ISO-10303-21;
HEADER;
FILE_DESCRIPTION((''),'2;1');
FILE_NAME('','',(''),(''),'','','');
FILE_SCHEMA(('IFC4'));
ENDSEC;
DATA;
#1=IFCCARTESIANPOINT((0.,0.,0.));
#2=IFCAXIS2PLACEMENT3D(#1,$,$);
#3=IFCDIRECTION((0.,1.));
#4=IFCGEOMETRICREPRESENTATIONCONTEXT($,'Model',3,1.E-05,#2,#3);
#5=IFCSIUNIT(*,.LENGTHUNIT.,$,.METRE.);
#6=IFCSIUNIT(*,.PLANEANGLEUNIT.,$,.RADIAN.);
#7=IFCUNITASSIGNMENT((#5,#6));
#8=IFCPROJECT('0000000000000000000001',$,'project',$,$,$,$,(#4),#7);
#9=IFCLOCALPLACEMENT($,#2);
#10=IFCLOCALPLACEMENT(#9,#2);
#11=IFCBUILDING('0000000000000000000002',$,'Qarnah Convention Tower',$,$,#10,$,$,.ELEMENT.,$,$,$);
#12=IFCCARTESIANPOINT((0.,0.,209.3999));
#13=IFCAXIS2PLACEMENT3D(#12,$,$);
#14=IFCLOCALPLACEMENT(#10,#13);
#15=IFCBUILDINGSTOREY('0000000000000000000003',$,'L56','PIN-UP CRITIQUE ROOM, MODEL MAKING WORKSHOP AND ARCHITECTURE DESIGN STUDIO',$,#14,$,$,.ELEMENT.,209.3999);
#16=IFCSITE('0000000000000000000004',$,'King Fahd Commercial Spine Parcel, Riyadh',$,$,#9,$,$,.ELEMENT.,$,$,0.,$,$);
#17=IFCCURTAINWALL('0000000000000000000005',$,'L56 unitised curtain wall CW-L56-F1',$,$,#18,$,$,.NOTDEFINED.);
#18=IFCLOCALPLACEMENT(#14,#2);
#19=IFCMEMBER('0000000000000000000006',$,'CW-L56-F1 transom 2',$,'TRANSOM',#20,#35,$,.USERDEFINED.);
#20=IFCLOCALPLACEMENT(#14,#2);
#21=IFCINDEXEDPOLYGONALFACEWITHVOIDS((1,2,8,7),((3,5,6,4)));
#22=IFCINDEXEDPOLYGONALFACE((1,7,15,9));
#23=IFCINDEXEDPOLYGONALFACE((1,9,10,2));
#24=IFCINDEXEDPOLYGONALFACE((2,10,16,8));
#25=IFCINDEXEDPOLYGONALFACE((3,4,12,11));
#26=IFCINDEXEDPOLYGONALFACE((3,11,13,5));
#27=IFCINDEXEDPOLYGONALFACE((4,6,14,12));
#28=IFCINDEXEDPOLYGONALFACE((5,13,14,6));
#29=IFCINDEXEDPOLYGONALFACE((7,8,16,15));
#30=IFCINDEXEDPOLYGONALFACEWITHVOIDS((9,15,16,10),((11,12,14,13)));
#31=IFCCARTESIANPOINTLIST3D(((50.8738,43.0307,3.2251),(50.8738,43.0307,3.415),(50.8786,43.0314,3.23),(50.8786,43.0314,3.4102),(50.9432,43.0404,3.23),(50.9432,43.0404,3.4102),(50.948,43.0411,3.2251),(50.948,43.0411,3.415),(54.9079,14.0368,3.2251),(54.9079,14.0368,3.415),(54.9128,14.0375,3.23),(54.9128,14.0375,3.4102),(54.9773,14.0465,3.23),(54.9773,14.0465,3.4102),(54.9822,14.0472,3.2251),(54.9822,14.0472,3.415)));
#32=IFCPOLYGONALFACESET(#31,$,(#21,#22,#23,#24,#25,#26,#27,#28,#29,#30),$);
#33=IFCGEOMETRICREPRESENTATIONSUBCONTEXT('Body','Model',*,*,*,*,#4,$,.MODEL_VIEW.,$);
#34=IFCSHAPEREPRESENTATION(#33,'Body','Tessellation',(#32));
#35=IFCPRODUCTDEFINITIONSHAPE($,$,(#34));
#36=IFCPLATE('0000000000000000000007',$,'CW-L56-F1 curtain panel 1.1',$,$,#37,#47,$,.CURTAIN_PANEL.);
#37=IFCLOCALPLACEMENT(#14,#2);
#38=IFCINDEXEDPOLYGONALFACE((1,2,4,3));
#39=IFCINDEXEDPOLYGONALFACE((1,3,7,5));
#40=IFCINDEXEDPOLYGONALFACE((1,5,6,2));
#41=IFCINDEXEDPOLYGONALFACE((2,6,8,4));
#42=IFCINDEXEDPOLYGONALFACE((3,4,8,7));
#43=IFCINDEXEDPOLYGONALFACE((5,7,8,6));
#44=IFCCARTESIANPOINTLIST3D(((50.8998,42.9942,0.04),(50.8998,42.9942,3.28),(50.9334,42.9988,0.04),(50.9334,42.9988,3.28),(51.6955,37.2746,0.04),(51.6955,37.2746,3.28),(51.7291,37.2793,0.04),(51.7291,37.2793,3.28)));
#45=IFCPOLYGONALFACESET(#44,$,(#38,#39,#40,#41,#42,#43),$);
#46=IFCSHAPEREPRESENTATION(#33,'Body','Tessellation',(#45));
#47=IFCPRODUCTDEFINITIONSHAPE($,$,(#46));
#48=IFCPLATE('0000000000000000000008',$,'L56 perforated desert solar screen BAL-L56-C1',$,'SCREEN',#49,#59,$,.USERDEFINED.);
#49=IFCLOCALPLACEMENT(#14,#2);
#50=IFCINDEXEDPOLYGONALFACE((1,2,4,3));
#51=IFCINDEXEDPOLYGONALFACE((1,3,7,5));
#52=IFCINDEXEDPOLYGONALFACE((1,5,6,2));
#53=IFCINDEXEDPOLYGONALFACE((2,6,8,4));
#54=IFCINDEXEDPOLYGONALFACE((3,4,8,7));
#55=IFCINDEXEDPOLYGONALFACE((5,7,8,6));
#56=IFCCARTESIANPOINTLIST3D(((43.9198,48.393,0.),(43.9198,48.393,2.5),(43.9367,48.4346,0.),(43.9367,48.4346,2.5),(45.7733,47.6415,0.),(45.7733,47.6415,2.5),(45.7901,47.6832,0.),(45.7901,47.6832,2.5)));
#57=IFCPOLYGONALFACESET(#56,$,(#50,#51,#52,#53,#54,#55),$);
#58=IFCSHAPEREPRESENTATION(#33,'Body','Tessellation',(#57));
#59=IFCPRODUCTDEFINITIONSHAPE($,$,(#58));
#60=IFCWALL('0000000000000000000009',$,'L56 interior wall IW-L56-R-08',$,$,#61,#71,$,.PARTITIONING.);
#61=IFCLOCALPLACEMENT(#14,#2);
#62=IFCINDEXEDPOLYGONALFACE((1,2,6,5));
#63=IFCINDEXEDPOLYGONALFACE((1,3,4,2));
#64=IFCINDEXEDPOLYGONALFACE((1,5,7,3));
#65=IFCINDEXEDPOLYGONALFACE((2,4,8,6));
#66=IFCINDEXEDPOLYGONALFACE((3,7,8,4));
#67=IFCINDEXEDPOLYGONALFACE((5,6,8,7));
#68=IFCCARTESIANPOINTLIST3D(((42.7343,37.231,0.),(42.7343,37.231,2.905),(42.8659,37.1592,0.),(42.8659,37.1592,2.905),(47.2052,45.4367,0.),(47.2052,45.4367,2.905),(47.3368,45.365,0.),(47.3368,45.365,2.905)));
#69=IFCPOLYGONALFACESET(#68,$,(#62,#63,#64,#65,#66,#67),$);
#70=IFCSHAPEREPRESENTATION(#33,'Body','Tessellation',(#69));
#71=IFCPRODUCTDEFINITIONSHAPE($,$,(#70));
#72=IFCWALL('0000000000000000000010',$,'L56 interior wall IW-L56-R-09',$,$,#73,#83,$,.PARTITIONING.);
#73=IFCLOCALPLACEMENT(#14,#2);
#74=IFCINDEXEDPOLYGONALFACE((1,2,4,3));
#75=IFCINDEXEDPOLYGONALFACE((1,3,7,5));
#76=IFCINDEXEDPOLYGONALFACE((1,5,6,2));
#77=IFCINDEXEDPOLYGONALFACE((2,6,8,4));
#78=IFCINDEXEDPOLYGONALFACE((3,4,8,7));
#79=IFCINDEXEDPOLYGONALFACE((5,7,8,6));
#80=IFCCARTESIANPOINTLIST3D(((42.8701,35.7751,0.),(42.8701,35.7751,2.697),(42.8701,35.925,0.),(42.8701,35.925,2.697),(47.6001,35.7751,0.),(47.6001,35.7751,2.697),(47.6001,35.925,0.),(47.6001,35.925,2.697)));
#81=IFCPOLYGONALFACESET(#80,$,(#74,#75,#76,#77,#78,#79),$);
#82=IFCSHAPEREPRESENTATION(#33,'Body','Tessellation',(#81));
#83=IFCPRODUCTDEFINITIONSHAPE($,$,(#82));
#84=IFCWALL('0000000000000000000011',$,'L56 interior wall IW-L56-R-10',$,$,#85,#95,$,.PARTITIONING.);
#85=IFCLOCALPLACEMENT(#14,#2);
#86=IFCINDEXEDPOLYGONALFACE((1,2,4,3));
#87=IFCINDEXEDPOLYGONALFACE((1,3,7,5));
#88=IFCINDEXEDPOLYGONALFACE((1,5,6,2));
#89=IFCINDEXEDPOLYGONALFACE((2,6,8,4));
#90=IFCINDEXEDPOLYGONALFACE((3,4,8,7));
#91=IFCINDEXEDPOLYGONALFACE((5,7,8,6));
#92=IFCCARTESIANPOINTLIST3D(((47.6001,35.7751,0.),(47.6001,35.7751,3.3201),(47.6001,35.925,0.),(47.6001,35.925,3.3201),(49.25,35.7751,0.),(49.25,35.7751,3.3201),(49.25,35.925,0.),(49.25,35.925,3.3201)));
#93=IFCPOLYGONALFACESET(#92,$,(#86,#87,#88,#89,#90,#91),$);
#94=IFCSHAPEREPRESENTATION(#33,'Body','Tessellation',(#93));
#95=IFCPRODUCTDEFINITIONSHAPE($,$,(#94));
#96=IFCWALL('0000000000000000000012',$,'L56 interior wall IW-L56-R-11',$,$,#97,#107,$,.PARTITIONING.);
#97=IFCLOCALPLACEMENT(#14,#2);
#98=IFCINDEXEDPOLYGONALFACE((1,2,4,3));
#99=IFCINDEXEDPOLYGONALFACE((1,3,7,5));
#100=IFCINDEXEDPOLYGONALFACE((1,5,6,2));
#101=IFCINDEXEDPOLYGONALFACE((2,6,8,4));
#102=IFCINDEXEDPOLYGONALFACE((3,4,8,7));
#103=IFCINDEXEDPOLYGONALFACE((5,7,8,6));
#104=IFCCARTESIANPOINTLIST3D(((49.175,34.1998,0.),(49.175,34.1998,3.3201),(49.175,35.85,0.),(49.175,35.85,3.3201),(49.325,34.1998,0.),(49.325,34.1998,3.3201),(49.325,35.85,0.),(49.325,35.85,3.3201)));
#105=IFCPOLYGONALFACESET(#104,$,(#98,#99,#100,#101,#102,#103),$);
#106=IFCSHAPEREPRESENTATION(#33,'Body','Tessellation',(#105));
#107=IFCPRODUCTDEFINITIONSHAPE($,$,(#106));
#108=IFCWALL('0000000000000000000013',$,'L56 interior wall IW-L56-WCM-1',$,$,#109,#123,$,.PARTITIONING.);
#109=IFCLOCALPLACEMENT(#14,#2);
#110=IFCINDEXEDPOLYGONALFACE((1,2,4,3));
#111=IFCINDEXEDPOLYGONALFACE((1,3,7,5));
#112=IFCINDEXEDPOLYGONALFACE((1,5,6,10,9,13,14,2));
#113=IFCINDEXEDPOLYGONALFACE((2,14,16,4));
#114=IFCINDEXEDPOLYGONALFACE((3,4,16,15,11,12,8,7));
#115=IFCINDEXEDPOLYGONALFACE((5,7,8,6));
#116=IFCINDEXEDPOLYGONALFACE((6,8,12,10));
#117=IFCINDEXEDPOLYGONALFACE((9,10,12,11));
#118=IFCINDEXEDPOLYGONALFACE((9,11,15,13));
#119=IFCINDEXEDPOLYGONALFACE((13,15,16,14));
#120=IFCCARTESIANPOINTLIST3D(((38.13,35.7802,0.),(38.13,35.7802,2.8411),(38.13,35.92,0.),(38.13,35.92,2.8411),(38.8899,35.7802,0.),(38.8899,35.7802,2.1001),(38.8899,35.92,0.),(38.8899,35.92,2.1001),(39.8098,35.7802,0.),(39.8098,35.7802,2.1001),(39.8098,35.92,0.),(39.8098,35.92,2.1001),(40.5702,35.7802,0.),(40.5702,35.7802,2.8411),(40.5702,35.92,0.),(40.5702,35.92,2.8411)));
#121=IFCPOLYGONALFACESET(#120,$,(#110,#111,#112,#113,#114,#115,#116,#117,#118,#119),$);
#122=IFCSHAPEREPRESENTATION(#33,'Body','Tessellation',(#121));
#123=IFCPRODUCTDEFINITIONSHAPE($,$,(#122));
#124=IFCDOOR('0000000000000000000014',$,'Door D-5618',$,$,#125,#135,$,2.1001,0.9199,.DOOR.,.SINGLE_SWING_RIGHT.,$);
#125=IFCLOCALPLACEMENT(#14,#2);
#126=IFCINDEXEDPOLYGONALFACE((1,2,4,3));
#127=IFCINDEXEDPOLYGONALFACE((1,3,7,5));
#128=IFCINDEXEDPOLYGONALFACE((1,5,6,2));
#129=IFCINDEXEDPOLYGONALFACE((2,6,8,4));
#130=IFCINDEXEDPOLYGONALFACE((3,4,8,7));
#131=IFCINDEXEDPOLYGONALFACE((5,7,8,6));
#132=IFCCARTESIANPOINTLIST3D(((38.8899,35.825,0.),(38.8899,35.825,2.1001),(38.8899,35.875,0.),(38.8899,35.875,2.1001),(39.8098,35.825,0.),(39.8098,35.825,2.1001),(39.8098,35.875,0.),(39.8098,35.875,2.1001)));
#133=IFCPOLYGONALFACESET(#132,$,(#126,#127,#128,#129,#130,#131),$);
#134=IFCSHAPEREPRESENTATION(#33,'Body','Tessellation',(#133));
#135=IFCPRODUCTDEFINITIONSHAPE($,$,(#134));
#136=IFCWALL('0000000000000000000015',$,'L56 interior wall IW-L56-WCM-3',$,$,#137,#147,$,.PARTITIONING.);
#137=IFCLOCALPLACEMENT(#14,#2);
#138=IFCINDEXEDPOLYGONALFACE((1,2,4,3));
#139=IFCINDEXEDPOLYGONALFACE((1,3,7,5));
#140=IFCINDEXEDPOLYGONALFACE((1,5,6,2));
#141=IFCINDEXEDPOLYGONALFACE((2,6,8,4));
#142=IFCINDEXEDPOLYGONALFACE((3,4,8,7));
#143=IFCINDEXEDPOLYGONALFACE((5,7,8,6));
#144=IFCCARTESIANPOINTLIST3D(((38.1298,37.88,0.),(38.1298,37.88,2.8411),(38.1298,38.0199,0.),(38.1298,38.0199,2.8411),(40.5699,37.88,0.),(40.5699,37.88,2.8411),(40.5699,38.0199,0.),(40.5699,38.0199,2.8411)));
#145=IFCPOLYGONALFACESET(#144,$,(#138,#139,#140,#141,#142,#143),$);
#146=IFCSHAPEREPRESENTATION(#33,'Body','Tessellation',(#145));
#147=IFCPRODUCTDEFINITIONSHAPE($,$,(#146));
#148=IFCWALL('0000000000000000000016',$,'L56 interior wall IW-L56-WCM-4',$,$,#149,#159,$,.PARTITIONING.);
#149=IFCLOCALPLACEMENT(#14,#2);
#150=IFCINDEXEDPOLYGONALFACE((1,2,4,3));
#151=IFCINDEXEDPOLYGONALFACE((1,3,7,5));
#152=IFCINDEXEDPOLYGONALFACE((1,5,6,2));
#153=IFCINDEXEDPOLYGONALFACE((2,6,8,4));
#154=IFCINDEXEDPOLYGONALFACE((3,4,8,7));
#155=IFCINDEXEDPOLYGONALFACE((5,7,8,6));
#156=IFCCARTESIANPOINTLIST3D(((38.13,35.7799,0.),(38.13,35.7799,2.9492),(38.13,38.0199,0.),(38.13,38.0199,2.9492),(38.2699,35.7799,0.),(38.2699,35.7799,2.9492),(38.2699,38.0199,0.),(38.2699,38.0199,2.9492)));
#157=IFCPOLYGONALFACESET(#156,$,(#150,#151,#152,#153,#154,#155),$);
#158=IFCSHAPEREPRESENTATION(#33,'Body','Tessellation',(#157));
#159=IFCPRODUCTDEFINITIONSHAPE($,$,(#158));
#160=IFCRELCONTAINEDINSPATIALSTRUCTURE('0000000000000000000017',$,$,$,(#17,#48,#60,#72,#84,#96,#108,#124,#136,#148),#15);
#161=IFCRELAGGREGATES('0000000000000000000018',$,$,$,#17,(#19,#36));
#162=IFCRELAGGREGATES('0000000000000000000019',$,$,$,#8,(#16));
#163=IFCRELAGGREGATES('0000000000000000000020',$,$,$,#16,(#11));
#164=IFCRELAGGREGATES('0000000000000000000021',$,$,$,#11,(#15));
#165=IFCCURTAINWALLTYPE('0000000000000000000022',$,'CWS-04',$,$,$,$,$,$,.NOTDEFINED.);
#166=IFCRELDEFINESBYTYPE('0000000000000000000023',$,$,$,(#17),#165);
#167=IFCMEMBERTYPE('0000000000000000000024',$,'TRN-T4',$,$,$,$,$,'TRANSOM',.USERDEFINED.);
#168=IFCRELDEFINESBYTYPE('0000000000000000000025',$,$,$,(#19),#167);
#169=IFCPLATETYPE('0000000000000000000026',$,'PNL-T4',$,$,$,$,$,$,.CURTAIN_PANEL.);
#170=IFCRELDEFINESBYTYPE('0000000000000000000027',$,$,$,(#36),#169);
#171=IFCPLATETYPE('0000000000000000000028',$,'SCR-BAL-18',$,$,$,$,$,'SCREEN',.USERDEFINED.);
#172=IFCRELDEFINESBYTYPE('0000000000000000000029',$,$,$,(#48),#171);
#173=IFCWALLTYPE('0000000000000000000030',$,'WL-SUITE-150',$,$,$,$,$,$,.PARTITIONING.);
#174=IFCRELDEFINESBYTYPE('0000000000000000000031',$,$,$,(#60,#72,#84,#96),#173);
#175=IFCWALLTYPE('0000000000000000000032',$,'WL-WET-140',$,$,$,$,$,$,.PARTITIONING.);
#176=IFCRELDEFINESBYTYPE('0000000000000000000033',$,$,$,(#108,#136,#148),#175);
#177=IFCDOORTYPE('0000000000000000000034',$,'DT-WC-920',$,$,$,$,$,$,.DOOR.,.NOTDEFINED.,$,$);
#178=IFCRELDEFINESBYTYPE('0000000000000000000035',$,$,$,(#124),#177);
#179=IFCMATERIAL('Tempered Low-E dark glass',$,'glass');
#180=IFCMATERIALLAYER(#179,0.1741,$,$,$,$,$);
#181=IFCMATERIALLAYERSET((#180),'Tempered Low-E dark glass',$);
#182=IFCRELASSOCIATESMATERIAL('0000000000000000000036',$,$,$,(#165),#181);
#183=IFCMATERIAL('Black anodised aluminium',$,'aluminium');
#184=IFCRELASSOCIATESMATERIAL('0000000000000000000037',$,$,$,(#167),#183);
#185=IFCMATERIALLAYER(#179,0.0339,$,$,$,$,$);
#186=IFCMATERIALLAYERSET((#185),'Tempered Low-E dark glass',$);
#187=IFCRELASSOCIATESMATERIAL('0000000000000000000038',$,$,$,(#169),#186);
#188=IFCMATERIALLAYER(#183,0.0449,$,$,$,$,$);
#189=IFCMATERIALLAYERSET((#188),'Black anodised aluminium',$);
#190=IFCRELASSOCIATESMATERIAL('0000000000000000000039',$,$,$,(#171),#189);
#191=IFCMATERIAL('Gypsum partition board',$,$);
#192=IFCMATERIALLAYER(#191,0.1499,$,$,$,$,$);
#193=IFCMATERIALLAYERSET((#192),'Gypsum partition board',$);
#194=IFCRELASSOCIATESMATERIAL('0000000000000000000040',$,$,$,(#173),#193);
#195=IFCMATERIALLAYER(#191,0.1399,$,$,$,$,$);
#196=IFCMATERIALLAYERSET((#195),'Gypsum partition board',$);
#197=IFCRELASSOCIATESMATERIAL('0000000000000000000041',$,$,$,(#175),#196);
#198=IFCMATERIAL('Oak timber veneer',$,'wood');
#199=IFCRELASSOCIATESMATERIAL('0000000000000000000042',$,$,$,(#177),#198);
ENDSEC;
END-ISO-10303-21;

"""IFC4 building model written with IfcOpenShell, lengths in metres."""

from ifc_helpers import new_model, si_unit, direction, frame, frame_2d, origin, origin_2d, place, context, subcontext, project, spatial, rectangle, hollow_rectangle, extrude, material, layer, layer_set, material_profile, profile_set, type_object, element, fill, aggregate, save


model = new_model("IFC4")

# Units and contexts
model_context = context("Model", 3, precision=1e-05, world=origin(), true_north=direction((0.0, 1.0)))
body_context = subcontext(model_context, "Body", "Model", "MODEL_VIEW")
ifc_project = project(units=[si_unit("LENGTHUNIT", "METRE"), si_unit("PLANEANGLEUNIT", "RADIAN")], contexts=[model_context])

# Site, building, storey
site_placement = place(None, origin())
site = spatial("IfcSite", under=ifc_project, at=site_placement, Name="King Fahd Commercial Spine Parcel, Riyadh", CompositionType="ELEMENT", RefElevation=0.0)
building_placement = place(site_placement, origin())
building = spatial("IfcBuilding", under=site, at=building_placement, Name="Qarnah Convention Tower", CompositionType="ELEMENT")
storey_placement = place(building_placement, frame((0.0, 0.0, 209.3999)))
storey = spatial("IfcBuildingStorey", under=building, at=storey_placement, Name="L56", Description="PIN-UP CRITIQUE ROOM, MODEL MAKING WORKSHOP AND ARCHITECTURE DESIGN STUDIO", CompositionType="ELEMENT", Elevation=209.3999)

# Curtain wall
ifc_material_1 = material(Name="Tempered Low-E dark glass", Category="glass")
ifc_layer_1 = layer(ifc_material_1, 0.1741)
ifc_layer_set_1 = layer_set([ifc_layer_1], Name="Tempered Low-E dark glass")
curtain_wall_type = type_object("IfcCurtainWallType", Name="CWS-04", PredefinedType="NOTDEFINED", material=ifc_layer_set_1)
curtain_wall_1_placement = place(storey_placement, origin())
curtain_wall_1 = element("IfcCurtainWall", 1, at=curtain_wall_1_placement, inside=storey, type_object=curtain_wall_type, Name="L56 unitised curtain wall CW-L56-F1", PredefinedType="NOTDEFINED")
ifc_material_2 = material(Name="Black anodised aluminium", Category="aluminium")

# Member
ifc_material_profile_1 = material_profile(ifc_material_2, hollow_rectangle(XDim=0.075, YDim=0.1899, WallThickness=0.0049, at=origin_2d()), Name="TRN-75X190")
ifc_profile_set_1 = profile_set([ifc_material_profile_1], Name="Black anodised aluminium")
member_type_1 = type_object("IfcMemberType", Name="TRN-T4", ElementType="TRANSOM", PredefinedType="USERDEFINED", material=ifc_profile_set_1)
member_1_placement = place(storey_placement, frame((50.9109, 43.0359, 3.3201), z_axis=(0.137811, -0.990458, 0.0), x_axis=(0.990458, 0.137811, 0.0)))
member_1 = element("IfcMember", 2, at=member_1_placement, type_object=member_type_1, Name="CW-L56-F1 transom 2", ObjectType="TRANSOM", PredefinedType="USERDEFINED", context=body_context, shape_type="SweptSolid", body=[
    extrude(hollow_rectangle(XDim=0.075, YDim=0.1899, WallThickness=0.0049, at=origin_2d()), origin(), (0.0, 0.0, 1.0), 29.2732),
])

# Plates
ifc_layer_2 = layer(ifc_material_1, 0.0339)
ifc_layer_set_2 = layer_set([ifc_layer_2], Name="Tempered Low-E dark glass")
plate_type_1 = type_object("IfcPlateType", Name="PNL-T4", PredefinedType="CURTAIN_PANEL", material=ifc_layer_set_2)
plate_1_placement = place(storey_placement, frame((51.3145, 40.1367, 0.04), z_axis=(0.0, 0.0, 1.0), x_axis=(0.137805, -0.990459, 0.0)))
plate_1 = element("IfcPlate", 3, at=plate_1_placement, type_object=plate_type_1, Name="CW-L56-F1 curtain panel 1.1", PredefinedType="CURTAIN_PANEL", context=body_context, shape_type="SweptSolid", body=[
    extrude(rectangle(XDim=5.7747, YDim=0.0339, at=origin_2d()), origin(), (0.0, 0.0, 1.0), 3.24),
])
aggregate(curtain_wall_1, [member_1, plate_1])
ifc_layer_3 = layer(ifc_material_2, 0.0449)
ifc_layer_set_3 = layer_set([ifc_layer_3], Name="Black anodised aluminium")
plate_type_2 = type_object("IfcPlateType", Name="SCR-BAL-18", ElementType="SCREEN", PredefinedType="USERDEFINED", material=ifc_layer_set_3)
plate_2_placement = place(storey_placement, frame((44.855, 48.0381, 0.0), z_axis=(0.0, 0.0, 1.0), x_axis=(0.926725, -0.375741, 0.0)))
element("IfcPlate", 4, at=plate_2_placement, inside=storey, type_object=plate_type_2, Name="L56 perforated desert solar screen BAL-L56-C1", ObjectType="SCREEN", PredefinedType="USERDEFINED", context=body_context, shape_type="SweptSolid", body=[
    extrude(rectangle(XDim=2.0, YDim=0.0449, at=origin_2d()), origin(), (0.0, 0.0, 1.0), 2.5),
])

# Walls
ifc_material_3 = material(Name="Gypsum partition board")
ifc_layer_4 = layer(ifc_material_3, 0.1499)
ifc_layer_set_4 = layer_set([ifc_layer_4], Name="Gypsum partition board")
wall_type_1 = type_object("IfcWallType", Name="WL-SUITE-150", PredefinedType="PARTITIONING", material=ifc_layer_set_4)
wall_1_placement = place(storey_placement, frame((47.271, 45.4009, 0.0), z_axis=(0.0, 0.0, 1.0), x_axis=(-0.478444, -0.878118, 0.0)))
element("IfcWall", 5, at=wall_1_placement, inside=storey, type_object=wall_type_1, Name="L56 interior wall IW-L56-R-08", PredefinedType="PARTITIONING", context=body_context, shape_type="SweptSolid", body=[
    extrude(rectangle(XDim=9.3447, YDim=0.1499, at=frame_2d((4.6724, 0.0))), origin(), (0.0, 0.0, 1.0), 2.905),
])
wall_2_placement = place(storey_placement, frame((42.8701, 35.8501, 0.0), z_axis=(0.0, 0.0, 1.0), x_axis=(1.0, 0.0, 0.0)))
element("IfcWall", 6, at=wall_2_placement, inside=storey, type_object=wall_type_1, Name="L56 interior wall IW-L56-R-09", PredefinedType="PARTITIONING", context=body_context, shape_type="SweptSolid", body=[
    extrude(rectangle(XDim=4.73, YDim=0.1499, at=frame_2d((2.365, 0.0))), origin(), (0.0, 0.0, 1.0), 2.697),
])
wall_3_placement = place(storey_placement, frame((47.6001, 35.8501, 0.0), z_axis=(0.0, 0.0, 1.0), x_axis=(1.0, 0.0, 0.0)))
element("IfcWall", 7, at=wall_3_placement, inside=storey, type_object=wall_type_1, Name="L56 interior wall IW-L56-R-10", PredefinedType="PARTITIONING", context=body_context, shape_type="SweptSolid", body=[
    extrude(rectangle(XDim=1.6499, YDim=0.1499, at=frame_2d((0.825, 0.0))), origin(), (0.0, 0.0, 1.0), 3.3201),
])
wall_4_placement = place(storey_placement, frame((49.25, 35.8501, 0.0), z_axis=(0.0, 0.0, 1.0), x_axis=(0.0, -1.0, 0.0)))
element("IfcWall", 8, at=wall_4_placement, inside=storey, type_object=wall_type_1, Name="L56 interior wall IW-L56-R-11", PredefinedType="PARTITIONING", context=body_context, shape_type="SweptSolid", body=[
    extrude(rectangle(XDim=1.6501, YDim=0.1499, at=frame_2d((0.8252, 0.0))), origin(), (0.0, 0.0, 1.0), 3.3201),
])

# Wall, opening, door
ifc_layer_5 = layer(ifc_material_3, 0.1399)
ifc_layer_set_5 = layer_set([ifc_layer_5], Name="Gypsum partition board")
wall_type_2 = type_object("IfcWallType", Name="WL-WET-140", PredefinedType="PARTITIONING", material=ifc_layer_set_5)
wall_5_placement = place(storey_placement, frame((38.1299, 35.8501, 0.0), z_axis=(0.0, 0.0, 1.0), x_axis=(1.0, 0.0, 0.0)))
wall_5 = element("IfcWall", 9, at=wall_5_placement, inside=storey, type_object=wall_type_2, Name="L56 interior wall IW-L56-WCM-1", PredefinedType="PARTITIONING", context=body_context, shape_type="SweptSolid", body=[
    extrude(rectangle(XDim=2.4402, YDim=0.1399, at=frame_2d((1.2202, 0.0))), origin(), (0.0, 0.0, 1.0), 2.8411),
])
opening_1_placement = place(wall_5_placement, frame((0.76, 0.0, 0.0)))
opening_1 = element("IfcOpeningElement", 10, at=opening_1_placement, cuts=wall_5, PredefinedType="OPENING", context=body_context, shape_type="SweptSolid", body=[
    extrude(rectangle(XDim=0.9199, YDim=2.1001, at=frame_2d((0.46, 1.05))), frame((0.0, 0.0798, 0.0), z_axis=(0.0, -1.0, 0.0), x_axis=(1.0, 0.0, 0.0)), (0.0, 0.0, 1.0), 0.1599),
])
ifc_material_4 = material(Name="Oak timber veneer", Category="wood")
door_type_1 = type_object("IfcDoorType", Name="DT-WC-920", OperationType="NOTDEFINED", PredefinedType="DOOR", material=ifc_material_4)
door_1_placement = place(opening_1_placement, origin())
door_1 = element("IfcDoor", 11, at=door_1_placement, inside=storey, type_object=door_type_1, Name="Door D-5618", OperationType="SINGLE_SWING_RIGHT", OverallHeight=2.1001, OverallWidth=0.9199, PredefinedType="DOOR", context=body_context, shape_type="SweptSolid", body=[
    extrude(rectangle(XDim=0.9199, YDim=2.1001, at=frame_2d((0.46, 1.05))), frame((0.0, 0.0249, 0.0), z_axis=(0.0, -1.0, 0.0), x_axis=(1.0, 0.0, 0.0)), (0.0, 0.0, 1.0), 0.05),
])
fill(opening_1, door_1)

# Walls
wall_6_placement = place(storey_placement, frame((40.5701, 37.95, 0.0), z_axis=(0.0, 0.0, 1.0), x_axis=(-1.0, 0.0, 0.0)))
element("IfcWall", 12, at=wall_6_placement, inside=storey, type_object=wall_type_2, Name="L56 interior wall IW-L56-WCM-3", PredefinedType="PARTITIONING", context=body_context, shape_type="SweptSolid", body=[
    extrude(rectangle(XDim=2.4402, YDim=0.1399, at=frame_2d((1.2202, 0.0))), origin(), (0.0, 0.0, 1.0), 2.8411),
])
wall_7_placement = place(storey_placement, frame((38.2, 38.02, 0.0), z_axis=(0.0, 0.0, 1.0), x_axis=(0.0, -1.0, 0.0)))
element("IfcWall", 13, at=wall_7_placement, inside=storey, type_object=wall_type_2, Name="L56 interior wall IW-L56-WCM-4", PredefinedType="PARTITIONING", context=body_context, shape_type="SweptSolid", body=[
    extrude(rectangle(XDim=2.24, YDim=0.1399, at=frame_2d((1.1201, 0.0))), origin(), (0.0, 0.0, 1.0), 2.9492),
])

save(model, "model.ifc")
